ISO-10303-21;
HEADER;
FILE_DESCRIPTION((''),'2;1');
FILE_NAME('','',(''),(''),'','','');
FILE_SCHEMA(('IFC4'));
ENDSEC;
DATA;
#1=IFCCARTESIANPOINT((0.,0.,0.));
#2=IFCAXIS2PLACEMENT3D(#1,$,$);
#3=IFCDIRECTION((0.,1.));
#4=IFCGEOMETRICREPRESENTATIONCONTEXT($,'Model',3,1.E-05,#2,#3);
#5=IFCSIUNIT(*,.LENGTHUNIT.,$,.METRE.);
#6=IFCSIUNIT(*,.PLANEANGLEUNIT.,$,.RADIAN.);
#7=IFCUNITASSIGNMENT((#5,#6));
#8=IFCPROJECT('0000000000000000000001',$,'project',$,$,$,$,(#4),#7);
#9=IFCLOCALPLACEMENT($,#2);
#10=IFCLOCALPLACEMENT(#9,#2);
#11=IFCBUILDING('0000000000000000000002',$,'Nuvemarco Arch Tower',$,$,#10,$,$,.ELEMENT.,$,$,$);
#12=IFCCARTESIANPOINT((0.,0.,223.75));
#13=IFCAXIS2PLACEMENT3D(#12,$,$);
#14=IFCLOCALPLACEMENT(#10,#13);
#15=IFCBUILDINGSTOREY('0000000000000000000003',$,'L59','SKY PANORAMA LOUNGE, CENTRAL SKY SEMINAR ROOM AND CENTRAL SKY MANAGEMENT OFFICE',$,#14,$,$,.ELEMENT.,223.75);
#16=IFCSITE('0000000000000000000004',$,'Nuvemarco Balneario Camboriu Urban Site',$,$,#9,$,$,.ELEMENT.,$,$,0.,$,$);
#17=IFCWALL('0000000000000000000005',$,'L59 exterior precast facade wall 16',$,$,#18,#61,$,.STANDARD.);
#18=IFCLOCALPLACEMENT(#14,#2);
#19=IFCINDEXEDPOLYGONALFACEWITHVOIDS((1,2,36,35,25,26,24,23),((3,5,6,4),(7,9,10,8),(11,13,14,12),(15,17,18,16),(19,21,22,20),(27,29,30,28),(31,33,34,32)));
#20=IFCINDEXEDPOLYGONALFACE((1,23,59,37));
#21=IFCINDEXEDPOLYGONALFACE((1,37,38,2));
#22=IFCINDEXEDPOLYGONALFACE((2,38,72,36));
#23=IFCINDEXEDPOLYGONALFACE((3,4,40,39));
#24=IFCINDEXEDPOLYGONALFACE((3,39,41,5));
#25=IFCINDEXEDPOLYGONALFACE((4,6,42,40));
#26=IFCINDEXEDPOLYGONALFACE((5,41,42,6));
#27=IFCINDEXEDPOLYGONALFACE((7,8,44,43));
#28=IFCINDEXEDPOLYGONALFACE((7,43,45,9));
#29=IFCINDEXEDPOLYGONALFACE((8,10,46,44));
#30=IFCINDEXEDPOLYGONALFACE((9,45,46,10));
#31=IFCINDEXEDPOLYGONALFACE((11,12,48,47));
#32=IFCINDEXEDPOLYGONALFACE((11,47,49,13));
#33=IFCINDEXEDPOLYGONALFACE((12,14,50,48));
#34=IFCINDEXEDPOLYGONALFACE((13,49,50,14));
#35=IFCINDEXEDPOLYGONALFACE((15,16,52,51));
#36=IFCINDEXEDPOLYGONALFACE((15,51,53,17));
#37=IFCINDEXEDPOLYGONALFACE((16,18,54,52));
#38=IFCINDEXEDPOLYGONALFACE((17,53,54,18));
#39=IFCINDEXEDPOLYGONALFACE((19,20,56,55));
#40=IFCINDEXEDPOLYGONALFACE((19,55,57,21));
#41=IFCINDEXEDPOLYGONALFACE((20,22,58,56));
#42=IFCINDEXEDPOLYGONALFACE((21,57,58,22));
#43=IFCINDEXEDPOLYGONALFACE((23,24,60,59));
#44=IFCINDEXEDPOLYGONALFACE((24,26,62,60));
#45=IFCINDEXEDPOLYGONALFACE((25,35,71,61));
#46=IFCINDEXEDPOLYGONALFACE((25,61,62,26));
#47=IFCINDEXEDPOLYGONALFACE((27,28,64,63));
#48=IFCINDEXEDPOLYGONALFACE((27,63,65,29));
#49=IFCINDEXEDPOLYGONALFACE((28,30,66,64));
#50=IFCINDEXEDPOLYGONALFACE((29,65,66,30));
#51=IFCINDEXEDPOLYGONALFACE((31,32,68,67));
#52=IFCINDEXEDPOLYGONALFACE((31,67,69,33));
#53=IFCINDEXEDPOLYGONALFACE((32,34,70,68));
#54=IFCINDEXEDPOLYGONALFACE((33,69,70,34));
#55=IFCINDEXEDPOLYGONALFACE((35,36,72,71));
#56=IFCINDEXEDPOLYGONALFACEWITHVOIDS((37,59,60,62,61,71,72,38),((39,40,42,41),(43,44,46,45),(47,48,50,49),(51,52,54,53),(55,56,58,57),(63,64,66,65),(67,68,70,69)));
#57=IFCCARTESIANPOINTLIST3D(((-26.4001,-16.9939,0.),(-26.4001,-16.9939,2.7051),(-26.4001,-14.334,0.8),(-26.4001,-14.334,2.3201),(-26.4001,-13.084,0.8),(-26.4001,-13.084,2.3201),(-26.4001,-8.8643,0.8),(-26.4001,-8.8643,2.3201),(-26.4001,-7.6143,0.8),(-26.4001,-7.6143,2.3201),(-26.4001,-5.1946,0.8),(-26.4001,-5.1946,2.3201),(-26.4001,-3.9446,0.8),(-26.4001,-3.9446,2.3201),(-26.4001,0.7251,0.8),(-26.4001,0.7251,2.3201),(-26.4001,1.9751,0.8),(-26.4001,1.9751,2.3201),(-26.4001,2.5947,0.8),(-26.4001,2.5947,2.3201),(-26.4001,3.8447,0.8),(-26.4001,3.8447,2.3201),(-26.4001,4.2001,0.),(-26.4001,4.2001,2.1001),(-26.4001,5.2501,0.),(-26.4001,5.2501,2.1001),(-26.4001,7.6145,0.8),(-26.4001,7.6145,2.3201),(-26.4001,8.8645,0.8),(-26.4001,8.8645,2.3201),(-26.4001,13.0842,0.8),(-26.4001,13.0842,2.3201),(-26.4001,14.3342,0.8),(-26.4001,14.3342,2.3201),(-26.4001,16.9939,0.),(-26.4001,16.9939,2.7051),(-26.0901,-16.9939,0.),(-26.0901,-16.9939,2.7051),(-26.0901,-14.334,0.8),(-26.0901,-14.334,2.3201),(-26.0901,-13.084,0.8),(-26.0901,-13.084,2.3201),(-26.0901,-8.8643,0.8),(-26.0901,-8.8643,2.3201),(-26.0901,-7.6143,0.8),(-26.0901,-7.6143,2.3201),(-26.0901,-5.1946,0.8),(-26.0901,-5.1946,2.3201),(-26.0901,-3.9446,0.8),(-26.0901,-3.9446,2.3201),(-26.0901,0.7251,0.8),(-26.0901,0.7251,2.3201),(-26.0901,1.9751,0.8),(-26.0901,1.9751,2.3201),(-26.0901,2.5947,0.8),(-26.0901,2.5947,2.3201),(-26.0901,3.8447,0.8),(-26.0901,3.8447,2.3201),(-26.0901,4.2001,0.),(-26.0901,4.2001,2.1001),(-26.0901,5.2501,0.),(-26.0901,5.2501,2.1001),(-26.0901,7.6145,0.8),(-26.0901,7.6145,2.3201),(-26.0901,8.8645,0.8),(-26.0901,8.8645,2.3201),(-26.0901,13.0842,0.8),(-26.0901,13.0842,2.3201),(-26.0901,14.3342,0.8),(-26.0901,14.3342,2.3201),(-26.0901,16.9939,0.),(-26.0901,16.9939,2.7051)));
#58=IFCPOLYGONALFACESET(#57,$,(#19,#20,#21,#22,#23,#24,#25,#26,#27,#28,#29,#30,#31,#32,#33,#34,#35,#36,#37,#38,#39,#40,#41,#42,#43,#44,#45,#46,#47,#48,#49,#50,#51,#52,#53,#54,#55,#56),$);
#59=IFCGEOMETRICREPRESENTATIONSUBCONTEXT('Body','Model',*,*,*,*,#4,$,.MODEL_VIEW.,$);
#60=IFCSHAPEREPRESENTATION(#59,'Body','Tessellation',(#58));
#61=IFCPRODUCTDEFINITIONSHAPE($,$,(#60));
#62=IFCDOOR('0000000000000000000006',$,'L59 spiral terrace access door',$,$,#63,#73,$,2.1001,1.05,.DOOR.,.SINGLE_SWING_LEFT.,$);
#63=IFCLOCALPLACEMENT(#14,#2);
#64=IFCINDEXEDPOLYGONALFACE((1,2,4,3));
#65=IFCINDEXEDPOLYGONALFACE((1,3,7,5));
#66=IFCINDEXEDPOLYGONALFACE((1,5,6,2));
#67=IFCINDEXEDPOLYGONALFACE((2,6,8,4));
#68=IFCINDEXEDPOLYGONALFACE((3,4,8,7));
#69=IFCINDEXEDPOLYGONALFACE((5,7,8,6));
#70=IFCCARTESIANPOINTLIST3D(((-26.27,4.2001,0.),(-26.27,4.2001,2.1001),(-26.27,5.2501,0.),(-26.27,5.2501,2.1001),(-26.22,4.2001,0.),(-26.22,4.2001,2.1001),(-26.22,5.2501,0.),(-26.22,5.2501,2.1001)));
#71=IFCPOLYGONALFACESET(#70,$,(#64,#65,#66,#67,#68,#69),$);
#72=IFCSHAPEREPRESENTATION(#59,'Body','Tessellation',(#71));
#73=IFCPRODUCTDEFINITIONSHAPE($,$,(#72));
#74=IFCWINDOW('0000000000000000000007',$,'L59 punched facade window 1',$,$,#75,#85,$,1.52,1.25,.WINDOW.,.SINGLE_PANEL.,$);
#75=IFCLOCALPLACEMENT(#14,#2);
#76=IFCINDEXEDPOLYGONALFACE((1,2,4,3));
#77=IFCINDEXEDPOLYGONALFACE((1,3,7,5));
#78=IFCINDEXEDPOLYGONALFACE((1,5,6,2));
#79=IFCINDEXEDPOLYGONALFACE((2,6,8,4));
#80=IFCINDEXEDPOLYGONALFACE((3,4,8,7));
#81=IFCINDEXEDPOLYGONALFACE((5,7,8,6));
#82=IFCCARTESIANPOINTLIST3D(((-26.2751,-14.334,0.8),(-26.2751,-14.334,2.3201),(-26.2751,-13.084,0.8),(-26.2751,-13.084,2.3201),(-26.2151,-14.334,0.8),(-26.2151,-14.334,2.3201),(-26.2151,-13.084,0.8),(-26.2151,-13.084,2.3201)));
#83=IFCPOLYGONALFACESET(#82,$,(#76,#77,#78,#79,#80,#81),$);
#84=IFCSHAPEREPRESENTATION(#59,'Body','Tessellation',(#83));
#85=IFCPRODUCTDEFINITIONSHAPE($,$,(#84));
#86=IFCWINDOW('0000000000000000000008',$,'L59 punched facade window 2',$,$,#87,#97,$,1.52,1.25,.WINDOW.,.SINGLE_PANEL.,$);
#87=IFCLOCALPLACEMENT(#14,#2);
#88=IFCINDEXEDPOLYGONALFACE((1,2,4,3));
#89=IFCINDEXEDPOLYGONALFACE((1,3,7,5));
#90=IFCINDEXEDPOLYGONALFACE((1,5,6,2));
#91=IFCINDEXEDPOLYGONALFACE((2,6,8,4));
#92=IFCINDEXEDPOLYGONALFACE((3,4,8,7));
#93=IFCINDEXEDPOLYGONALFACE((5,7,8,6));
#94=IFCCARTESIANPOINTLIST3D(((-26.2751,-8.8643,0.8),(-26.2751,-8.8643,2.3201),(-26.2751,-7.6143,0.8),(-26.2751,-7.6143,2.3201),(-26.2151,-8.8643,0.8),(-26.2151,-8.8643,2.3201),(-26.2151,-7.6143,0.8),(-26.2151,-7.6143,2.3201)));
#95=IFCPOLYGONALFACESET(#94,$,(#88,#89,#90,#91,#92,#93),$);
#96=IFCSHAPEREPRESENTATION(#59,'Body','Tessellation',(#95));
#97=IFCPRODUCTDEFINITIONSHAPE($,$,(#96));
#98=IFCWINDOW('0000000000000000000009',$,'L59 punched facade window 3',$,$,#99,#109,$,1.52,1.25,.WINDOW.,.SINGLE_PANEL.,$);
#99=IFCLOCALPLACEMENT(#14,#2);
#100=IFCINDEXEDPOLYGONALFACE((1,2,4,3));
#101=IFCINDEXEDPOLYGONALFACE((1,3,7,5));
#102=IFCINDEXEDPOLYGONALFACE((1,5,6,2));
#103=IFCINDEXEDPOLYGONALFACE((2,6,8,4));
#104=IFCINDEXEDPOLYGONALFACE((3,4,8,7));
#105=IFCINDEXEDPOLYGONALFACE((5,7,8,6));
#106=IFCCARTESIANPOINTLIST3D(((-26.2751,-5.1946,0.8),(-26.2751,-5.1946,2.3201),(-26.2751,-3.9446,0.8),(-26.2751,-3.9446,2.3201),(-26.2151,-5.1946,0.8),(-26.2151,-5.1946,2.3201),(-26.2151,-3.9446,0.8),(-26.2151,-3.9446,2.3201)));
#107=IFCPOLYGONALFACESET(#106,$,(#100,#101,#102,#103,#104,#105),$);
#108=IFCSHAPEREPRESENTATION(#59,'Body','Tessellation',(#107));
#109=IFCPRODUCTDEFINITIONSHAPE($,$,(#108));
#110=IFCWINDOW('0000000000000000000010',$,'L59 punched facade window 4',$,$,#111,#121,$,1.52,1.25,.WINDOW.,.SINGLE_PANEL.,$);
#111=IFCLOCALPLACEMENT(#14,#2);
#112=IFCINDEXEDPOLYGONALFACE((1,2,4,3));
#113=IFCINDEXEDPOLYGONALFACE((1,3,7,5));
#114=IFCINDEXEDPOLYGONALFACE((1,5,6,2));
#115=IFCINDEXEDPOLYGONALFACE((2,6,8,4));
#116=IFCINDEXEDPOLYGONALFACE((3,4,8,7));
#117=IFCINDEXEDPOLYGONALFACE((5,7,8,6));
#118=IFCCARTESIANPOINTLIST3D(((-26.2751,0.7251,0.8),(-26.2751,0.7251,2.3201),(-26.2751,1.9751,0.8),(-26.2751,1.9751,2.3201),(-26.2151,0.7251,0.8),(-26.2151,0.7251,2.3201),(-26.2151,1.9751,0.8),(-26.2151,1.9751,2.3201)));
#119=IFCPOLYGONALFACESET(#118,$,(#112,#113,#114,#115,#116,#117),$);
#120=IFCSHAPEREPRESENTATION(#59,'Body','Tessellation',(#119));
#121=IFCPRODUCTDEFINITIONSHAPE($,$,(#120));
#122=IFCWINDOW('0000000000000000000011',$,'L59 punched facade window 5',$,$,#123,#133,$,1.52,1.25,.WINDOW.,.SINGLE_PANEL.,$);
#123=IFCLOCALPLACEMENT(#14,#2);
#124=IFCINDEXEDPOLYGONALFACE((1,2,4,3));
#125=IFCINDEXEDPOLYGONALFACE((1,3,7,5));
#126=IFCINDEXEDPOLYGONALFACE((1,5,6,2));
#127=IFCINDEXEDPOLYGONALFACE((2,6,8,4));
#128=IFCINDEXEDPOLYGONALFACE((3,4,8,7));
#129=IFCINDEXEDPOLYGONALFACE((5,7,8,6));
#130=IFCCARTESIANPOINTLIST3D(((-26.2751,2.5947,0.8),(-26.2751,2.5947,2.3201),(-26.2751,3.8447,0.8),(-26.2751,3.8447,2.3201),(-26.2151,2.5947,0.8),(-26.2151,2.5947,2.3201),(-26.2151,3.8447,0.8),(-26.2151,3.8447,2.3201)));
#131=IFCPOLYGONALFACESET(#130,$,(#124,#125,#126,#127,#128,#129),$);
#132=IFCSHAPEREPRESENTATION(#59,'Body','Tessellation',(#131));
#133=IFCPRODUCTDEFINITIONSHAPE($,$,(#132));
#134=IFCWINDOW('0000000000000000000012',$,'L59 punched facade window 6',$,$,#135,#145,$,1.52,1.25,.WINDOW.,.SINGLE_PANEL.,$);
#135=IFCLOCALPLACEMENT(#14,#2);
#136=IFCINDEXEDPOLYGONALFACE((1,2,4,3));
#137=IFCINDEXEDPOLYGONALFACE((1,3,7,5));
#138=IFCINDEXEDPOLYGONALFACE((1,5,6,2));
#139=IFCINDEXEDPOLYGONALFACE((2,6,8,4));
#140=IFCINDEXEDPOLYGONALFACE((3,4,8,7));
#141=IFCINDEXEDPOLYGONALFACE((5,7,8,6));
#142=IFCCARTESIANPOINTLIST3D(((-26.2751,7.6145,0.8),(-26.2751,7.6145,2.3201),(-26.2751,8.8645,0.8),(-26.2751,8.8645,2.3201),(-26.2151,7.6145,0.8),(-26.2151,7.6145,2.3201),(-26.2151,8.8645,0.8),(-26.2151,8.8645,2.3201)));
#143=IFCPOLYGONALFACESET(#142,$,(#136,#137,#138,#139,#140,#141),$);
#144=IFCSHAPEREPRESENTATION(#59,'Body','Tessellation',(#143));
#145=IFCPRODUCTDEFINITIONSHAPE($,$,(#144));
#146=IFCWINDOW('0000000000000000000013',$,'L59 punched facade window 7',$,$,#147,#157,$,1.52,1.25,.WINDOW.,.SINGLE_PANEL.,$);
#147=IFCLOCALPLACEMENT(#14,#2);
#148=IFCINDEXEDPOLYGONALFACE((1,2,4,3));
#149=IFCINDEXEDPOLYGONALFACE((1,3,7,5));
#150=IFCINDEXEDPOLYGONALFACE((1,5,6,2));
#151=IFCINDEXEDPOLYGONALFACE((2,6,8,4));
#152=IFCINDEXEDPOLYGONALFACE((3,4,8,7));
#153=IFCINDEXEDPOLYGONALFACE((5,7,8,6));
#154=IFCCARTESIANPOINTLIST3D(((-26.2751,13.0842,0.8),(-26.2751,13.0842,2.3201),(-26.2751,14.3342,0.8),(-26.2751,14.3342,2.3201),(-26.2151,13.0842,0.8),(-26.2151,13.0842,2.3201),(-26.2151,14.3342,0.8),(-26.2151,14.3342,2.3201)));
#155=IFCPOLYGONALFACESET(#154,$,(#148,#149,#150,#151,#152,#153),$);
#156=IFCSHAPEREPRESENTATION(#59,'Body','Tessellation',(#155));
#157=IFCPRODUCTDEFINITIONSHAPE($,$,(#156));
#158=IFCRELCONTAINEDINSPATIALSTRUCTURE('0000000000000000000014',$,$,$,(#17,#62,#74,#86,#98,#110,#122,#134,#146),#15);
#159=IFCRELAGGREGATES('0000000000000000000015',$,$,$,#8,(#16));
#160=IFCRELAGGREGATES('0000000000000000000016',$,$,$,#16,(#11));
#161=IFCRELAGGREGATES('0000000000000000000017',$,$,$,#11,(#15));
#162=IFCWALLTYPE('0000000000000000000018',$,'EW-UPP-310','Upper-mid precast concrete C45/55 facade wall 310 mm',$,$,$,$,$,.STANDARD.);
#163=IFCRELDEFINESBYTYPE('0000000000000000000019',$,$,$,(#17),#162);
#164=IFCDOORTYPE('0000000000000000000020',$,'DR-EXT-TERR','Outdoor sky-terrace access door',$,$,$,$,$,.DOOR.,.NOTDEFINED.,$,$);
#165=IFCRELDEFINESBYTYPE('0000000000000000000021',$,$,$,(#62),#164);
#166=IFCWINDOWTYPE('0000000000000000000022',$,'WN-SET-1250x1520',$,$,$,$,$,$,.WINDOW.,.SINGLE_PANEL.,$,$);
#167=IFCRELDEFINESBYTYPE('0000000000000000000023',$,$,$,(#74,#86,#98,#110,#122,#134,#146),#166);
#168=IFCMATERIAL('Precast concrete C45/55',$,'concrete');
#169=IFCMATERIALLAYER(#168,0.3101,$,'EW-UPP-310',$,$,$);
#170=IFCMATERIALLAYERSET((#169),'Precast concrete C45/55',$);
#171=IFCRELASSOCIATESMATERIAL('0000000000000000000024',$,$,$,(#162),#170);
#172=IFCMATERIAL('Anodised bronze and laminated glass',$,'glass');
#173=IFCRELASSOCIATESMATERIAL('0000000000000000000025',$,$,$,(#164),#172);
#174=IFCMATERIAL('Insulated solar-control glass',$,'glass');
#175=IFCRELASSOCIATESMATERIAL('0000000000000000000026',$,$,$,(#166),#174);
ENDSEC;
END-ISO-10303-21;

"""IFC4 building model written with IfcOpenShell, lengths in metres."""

from ifc_helpers import new_model, si_unit, direction, frame, frame_2d, origin, place, context, subcontext, project, spatial, rectangle, extrude, source, transform, mapped, material, layer, layer_set, type_object, type_shapes, element, fill, save


model = new_model("IFC4")

# Units and contexts
model_context = context("Model", 3, precision=1e-05, world=origin(), true_north=direction((0.0, 1.0)))
body_context = subcontext(model_context, "Body", "Model", "MODEL_VIEW")
ifc_project = project(units=[si_unit("LENGTHUNIT", "METRE"), si_unit("PLANEANGLEUNIT", "RADIAN")], contexts=[model_context])

# Site, building, storey
site_placement = place(None, origin())
site = spatial("IfcSite", under=ifc_project, at=site_placement, Name="Nuvemarco Balneario Camboriu Urban Site", CompositionType="ELEMENT", RefElevation=0.0)
building_placement = place(site_placement, origin())
building = spatial("IfcBuilding", under=site, at=building_placement, Name="Nuvemarco Arch Tower", CompositionType="ELEMENT")
storey_placement = place(building_placement, frame((0.0, 0.0, 223.75)))
storey = spatial("IfcBuildingStorey", under=building, at=storey_placement, Name="L59", Description="SKY PANORAMA LOUNGE, CENTRAL SKY SEMINAR ROOM AND CENTRAL SKY MANAGEMENT OFFICE", CompositionType="ELEMENT", Elevation=223.75)

# Shared definitions
ifc_material_1 = material(Name="Precast concrete C45/55", Category="concrete")

# Wall, openings, door, windows
ifc_layer_1 = layer(ifc_material_1, 0.3101, Name="EW-UPP-310")
ifc_layer_set_1 = layer_set([ifc_layer_1], Name="Precast concrete C45/55")
wall_type_1 = type_object("IfcWallType", Name="EW-UPP-310", Description="Upper-mid precast concrete C45/55 facade wall 310 mm", PredefinedType="STANDARD", material=ifc_layer_set_1)
wall_1_placement = place(storey_placement, frame((-26.2451, -16.9939, 0.0), z_axis=(0.0, 0.0, 1.0), x_axis=(0.0, 1.0, 0.0)))
wall_1 = element("IfcWall", 1, at=wall_1_placement, inside=storey, type_object=wall_type_1, Name="L59 exterior precast facade wall 16", PredefinedType="STANDARD", context=body_context, shape_type="SweptSolid", body=[
    extrude(rectangle(XDim=33.9878, YDim=0.3101, at=frame_2d((16.9939, 0.0))), origin(), (0.0, 0.0, 1.0), 2.7051),
])
opening_1_placement = place(wall_1_placement, frame((21.1941, 0.0, 0.0)))
opening_1 = element("IfcOpeningElement", 2, at=opening_1_placement, cuts=wall_1, PredefinedType="OPENING", context=body_context, shape_type="SweptSolid", body=[
    extrude(rectangle(XDim=1.05, YDim=2.1001, at=frame_2d((0.5249, 1.05))), frame((0.0, 0.165, 0.0), z_axis=(0.0, -1.0, 0.0), x_axis=(1.0, 0.0, 0.0)), (0.0, 0.0, 1.0), 0.3301),
])
opening_2_placement = place(wall_1_placement, frame((2.6599, 0.0, 0.8)))
opening_2 = element("IfcOpeningElement", 3, at=opening_2_placement, cuts=wall_1, PredefinedType="OPENING", context=body_context, shape_type="SweptSolid", body=[
    extrude(rectangle(XDim=1.25, YDim=1.52, at=frame_2d((0.625, 0.76))), frame((0.0, 0.165, 0.0), z_axis=(0.0, -1.0, 0.0), x_axis=(1.0, 0.0, 0.0)), (0.0, 0.0, 1.0), 0.3301),
])
opening_3_placement = place(wall_1_placement, frame((8.1296, 0.0, 0.8)))
opening_3 = element("IfcOpeningElement", 4, at=opening_3_placement, cuts=wall_1, PredefinedType="OPENING", context=body_context, shape_type="SweptSolid", body=[
    extrude(rectangle(XDim=1.25, YDim=1.52, at=frame_2d((0.625, 0.76))), frame((0.0, 0.165, 0.0), z_axis=(0.0, -1.0, 0.0), x_axis=(1.0, 0.0, 0.0)), (0.0, 0.0, 1.0), 0.3301),
])
opening_4_placement = place(wall_1_placement, frame((11.7993, 0.0, 0.8)))
opening_4 = element("IfcOpeningElement", 5, at=opening_4_placement, cuts=wall_1, PredefinedType="OPENING", context=body_context, shape_type="SweptSolid", body=[
    extrude(rectangle(XDim=1.25, YDim=1.52, at=frame_2d((0.625, 0.76))), frame((0.0, 0.165, 0.0), z_axis=(0.0, -1.0, 0.0), x_axis=(1.0, 0.0, 0.0)), (0.0, 0.0, 1.0), 0.3301),
])
opening_5_placement = place(wall_1_placement, frame((17.719, 0.0, 0.8)))
opening_5 = element("IfcOpeningElement", 6, at=opening_5_placement, cuts=wall_1, PredefinedType="OPENING", context=body_context, shape_type="SweptSolid", body=[
    extrude(rectangle(XDim=1.25, YDim=1.52, at=frame_2d((0.625, 0.76))), frame((0.0, 0.165, 0.0), z_axis=(0.0, -1.0, 0.0), x_axis=(1.0, 0.0, 0.0)), (0.0, 0.0, 1.0), 0.3301),
])
opening_6_placement = place(wall_1_placement, frame((19.5886, 0.0, 0.8)))
opening_6 = element("IfcOpeningElement", 7, at=opening_6_placement, cuts=wall_1, PredefinedType="OPENING", context=body_context, shape_type="SweptSolid", body=[
    extrude(rectangle(XDim=1.25, YDim=1.52, at=frame_2d((0.625, 0.76))), frame((0.0, 0.165, 0.0), z_axis=(0.0, -1.0, 0.0), x_axis=(1.0, 0.0, 0.0)), (0.0, 0.0, 1.0), 0.3301),
])
opening_7_placement = place(wall_1_placement, frame((24.6084, 0.0, 0.8)))
opening_7 = element("IfcOpeningElement", 8, at=opening_7_placement, cuts=wall_1, PredefinedType="OPENING", context=body_context, shape_type="SweptSolid", body=[
    extrude(rectangle(XDim=1.25, YDim=1.52, at=frame_2d((0.625, 0.76))), frame((0.0, 0.165, 0.0), z_axis=(0.0, -1.0, 0.0), x_axis=(1.0, 0.0, 0.0)), (0.0, 0.0, 1.0), 0.3301),
])
opening_8_placement = place(wall_1_placement, frame((30.0781, 0.0, 0.8)))
opening_8 = element("IfcOpeningElement", 9, at=opening_8_placement, cuts=wall_1, PredefinedType="OPENING", context=body_context, shape_type="SweptSolid", body=[
    extrude(rectangle(XDim=1.25, YDim=1.52, at=frame_2d((0.625, 0.76))), frame((0.0, 0.165, 0.0), z_axis=(0.0, -1.0, 0.0), x_axis=(1.0, 0.0, 0.0)), (0.0, 0.0, 1.0), 0.3301),
])
ifc_material_2 = material(Name="Anodised bronze and laminated glass", Category="glass")
door_type_1 = type_object("IfcDoorType", Name="DR-EXT-TERR", Description="Outdoor sky-terrace access door", OperationType="NOTDEFINED", PredefinedType="DOOR", material=ifc_material_2)
shared_shape_1 = source(origin(), body_context, "Body", "SweptSolid", [
    extrude(rectangle(XDim=1.05, YDim=2.1001, at=frame_2d((0.5249, 1.05))), frame((0.0, 0.0249, 0.0), z_axis=(0.0, -1.0, 0.0), x_axis=(1.0, 0.0, 0.0)), (0.0, 0.0, 1.0), 0.05),
])
type_shapes(door_type_1, [shared_shape_1])
door_1_placement = place(opening_1_placement, origin())
door_1 = element("IfcDoor", 10, at=door_1_placement, inside=storey, type_object=door_type_1, Name="L59 spiral terrace access door", OperationType="SINGLE_SWING_LEFT", OverallHeight=2.1001, OverallWidth=1.05, PredefinedType="DOOR", context=body_context, shape_type="MappedRepresentation", body=[
    mapped(shared_shape_1, transform((0.0, 0.0, 0.0), scale=1.0)),
])
fill(opening_1, door_1)
ifc_material_3 = material(Name="Insulated solar-control glass", Category="glass")
window_type = type_object("IfcWindowType", Name="WN-SET-1250x1520", PartitioningType="SINGLE_PANEL", PredefinedType="WINDOW", material=ifc_material_3)
shared_shape_2 = source(origin(), body_context, "Body", "SweptSolid", [
    extrude(rectangle(XDim=1.25, YDim=1.52, at=frame_2d((0.625, 0.76))), frame((0.0, 0.03, 0.0), z_axis=(0.0, -1.0, 0.0), x_axis=(1.0, 0.0, 0.0)), (0.0, 0.0, 1.0), 0.0601),
])
type_shapes(window_type, [shared_shape_2])
window_1_placement = place(opening_2_placement, origin())
window_1 = element("IfcWindow", 11, at=window_1_placement, inside=storey, type_object=window_type, Name="L59 punched facade window 1", OverallHeight=1.52, OverallWidth=1.25, PartitioningType="SINGLE_PANEL", PredefinedType="WINDOW", context=body_context, shape_type="MappedRepresentation", body=[
    mapped(shared_shape_2, transform((0.0, 0.0, 0.0), scale=1.0)),
])
fill(opening_2, window_1)
window_2_placement = place(opening_3_placement, origin())
window_2 = element("IfcWindow", 12, at=window_2_placement, inside=storey, type_object=window_type, Name="L59 punched facade window 2", OverallHeight=1.52, OverallWidth=1.25, PartitioningType="SINGLE_PANEL", PredefinedType="WINDOW", context=body_context, shape_type="MappedRepresentation", body=[
    mapped(shared_shape_2, transform((0.0, 0.0, 0.0), scale=1.0)),
])
fill(opening_3, window_2)
window_3_placement = place(opening_4_placement, origin())
window_3 = element("IfcWindow", 13, at=window_3_placement, inside=storey, type_object=window_type, Name="L59 punched facade window 3", OverallHeight=1.52, OverallWidth=1.25, PartitioningType="SINGLE_PANEL", PredefinedType="WINDOW", context=body_context, shape_type="MappedRepresentation", body=[
    mapped(shared_shape_2, transform((0.0, 0.0, 0.0), scale=1.0)),
])
fill(opening_4, window_3)
window_4_placement = place(opening_5_placement, origin())
window_4 = element("IfcWindow", 14, at=window_4_placement, inside=storey, type_object=window_type, Name="L59 punched facade window 4", OverallHeight=1.52, OverallWidth=1.25, PartitioningType="SINGLE_PANEL", PredefinedType="WINDOW", context=body_context, shape_type="MappedRepresentation", body=[
    mapped(shared_shape_2, transform((0.0, 0.0, 0.0), scale=1.0)),
])
fill(opening_5, window_4)
window_5_placement = place(opening_6_placement, origin())
window_5 = element("IfcWindow", 15, at=window_5_placement, inside=storey, type_object=window_type, Name="L59 punched facade window 5", OverallHeight=1.52, OverallWidth=1.25, PartitioningType="SINGLE_PANEL", PredefinedType="WINDOW", context=body_context, shape_type="MappedRepresentation", body=[
    mapped(shared_shape_2, transform((0.0, 0.0, 0.0), scale=1.0)),
])
fill(opening_6, window_5)
window_6_placement = place(opening_7_placement, origin())
window_6 = element("IfcWindow", 16, at=window_6_placement, inside=storey, type_object=window_type, Name="L59 punched facade window 6", OverallHeight=1.52, OverallWidth=1.25, PartitioningType="SINGLE_PANEL", PredefinedType="WINDOW", context=body_context, shape_type="MappedRepresentation", body=[
    mapped(shared_shape_2, transform((0.0, 0.0, 0.0), scale=1.0)),
])
fill(opening_7, window_6)
window_7_placement = place(opening_8_placement, origin())
window_7 = element("IfcWindow", 17, at=window_7_placement, inside=storey, type_object=window_type, Name="L59 punched facade window 7", OverallHeight=1.52, OverallWidth=1.25, PartitioningType="SINGLE_PANEL", PredefinedType="WINDOW", context=body_context, shape_type="MappedRepresentation", body=[
    mapped(shared_shape_2, transform((0.0, 0.0, 0.0), scale=1.0)),
])
fill(opening_8, window_7)

save(model, "model.ifc")
